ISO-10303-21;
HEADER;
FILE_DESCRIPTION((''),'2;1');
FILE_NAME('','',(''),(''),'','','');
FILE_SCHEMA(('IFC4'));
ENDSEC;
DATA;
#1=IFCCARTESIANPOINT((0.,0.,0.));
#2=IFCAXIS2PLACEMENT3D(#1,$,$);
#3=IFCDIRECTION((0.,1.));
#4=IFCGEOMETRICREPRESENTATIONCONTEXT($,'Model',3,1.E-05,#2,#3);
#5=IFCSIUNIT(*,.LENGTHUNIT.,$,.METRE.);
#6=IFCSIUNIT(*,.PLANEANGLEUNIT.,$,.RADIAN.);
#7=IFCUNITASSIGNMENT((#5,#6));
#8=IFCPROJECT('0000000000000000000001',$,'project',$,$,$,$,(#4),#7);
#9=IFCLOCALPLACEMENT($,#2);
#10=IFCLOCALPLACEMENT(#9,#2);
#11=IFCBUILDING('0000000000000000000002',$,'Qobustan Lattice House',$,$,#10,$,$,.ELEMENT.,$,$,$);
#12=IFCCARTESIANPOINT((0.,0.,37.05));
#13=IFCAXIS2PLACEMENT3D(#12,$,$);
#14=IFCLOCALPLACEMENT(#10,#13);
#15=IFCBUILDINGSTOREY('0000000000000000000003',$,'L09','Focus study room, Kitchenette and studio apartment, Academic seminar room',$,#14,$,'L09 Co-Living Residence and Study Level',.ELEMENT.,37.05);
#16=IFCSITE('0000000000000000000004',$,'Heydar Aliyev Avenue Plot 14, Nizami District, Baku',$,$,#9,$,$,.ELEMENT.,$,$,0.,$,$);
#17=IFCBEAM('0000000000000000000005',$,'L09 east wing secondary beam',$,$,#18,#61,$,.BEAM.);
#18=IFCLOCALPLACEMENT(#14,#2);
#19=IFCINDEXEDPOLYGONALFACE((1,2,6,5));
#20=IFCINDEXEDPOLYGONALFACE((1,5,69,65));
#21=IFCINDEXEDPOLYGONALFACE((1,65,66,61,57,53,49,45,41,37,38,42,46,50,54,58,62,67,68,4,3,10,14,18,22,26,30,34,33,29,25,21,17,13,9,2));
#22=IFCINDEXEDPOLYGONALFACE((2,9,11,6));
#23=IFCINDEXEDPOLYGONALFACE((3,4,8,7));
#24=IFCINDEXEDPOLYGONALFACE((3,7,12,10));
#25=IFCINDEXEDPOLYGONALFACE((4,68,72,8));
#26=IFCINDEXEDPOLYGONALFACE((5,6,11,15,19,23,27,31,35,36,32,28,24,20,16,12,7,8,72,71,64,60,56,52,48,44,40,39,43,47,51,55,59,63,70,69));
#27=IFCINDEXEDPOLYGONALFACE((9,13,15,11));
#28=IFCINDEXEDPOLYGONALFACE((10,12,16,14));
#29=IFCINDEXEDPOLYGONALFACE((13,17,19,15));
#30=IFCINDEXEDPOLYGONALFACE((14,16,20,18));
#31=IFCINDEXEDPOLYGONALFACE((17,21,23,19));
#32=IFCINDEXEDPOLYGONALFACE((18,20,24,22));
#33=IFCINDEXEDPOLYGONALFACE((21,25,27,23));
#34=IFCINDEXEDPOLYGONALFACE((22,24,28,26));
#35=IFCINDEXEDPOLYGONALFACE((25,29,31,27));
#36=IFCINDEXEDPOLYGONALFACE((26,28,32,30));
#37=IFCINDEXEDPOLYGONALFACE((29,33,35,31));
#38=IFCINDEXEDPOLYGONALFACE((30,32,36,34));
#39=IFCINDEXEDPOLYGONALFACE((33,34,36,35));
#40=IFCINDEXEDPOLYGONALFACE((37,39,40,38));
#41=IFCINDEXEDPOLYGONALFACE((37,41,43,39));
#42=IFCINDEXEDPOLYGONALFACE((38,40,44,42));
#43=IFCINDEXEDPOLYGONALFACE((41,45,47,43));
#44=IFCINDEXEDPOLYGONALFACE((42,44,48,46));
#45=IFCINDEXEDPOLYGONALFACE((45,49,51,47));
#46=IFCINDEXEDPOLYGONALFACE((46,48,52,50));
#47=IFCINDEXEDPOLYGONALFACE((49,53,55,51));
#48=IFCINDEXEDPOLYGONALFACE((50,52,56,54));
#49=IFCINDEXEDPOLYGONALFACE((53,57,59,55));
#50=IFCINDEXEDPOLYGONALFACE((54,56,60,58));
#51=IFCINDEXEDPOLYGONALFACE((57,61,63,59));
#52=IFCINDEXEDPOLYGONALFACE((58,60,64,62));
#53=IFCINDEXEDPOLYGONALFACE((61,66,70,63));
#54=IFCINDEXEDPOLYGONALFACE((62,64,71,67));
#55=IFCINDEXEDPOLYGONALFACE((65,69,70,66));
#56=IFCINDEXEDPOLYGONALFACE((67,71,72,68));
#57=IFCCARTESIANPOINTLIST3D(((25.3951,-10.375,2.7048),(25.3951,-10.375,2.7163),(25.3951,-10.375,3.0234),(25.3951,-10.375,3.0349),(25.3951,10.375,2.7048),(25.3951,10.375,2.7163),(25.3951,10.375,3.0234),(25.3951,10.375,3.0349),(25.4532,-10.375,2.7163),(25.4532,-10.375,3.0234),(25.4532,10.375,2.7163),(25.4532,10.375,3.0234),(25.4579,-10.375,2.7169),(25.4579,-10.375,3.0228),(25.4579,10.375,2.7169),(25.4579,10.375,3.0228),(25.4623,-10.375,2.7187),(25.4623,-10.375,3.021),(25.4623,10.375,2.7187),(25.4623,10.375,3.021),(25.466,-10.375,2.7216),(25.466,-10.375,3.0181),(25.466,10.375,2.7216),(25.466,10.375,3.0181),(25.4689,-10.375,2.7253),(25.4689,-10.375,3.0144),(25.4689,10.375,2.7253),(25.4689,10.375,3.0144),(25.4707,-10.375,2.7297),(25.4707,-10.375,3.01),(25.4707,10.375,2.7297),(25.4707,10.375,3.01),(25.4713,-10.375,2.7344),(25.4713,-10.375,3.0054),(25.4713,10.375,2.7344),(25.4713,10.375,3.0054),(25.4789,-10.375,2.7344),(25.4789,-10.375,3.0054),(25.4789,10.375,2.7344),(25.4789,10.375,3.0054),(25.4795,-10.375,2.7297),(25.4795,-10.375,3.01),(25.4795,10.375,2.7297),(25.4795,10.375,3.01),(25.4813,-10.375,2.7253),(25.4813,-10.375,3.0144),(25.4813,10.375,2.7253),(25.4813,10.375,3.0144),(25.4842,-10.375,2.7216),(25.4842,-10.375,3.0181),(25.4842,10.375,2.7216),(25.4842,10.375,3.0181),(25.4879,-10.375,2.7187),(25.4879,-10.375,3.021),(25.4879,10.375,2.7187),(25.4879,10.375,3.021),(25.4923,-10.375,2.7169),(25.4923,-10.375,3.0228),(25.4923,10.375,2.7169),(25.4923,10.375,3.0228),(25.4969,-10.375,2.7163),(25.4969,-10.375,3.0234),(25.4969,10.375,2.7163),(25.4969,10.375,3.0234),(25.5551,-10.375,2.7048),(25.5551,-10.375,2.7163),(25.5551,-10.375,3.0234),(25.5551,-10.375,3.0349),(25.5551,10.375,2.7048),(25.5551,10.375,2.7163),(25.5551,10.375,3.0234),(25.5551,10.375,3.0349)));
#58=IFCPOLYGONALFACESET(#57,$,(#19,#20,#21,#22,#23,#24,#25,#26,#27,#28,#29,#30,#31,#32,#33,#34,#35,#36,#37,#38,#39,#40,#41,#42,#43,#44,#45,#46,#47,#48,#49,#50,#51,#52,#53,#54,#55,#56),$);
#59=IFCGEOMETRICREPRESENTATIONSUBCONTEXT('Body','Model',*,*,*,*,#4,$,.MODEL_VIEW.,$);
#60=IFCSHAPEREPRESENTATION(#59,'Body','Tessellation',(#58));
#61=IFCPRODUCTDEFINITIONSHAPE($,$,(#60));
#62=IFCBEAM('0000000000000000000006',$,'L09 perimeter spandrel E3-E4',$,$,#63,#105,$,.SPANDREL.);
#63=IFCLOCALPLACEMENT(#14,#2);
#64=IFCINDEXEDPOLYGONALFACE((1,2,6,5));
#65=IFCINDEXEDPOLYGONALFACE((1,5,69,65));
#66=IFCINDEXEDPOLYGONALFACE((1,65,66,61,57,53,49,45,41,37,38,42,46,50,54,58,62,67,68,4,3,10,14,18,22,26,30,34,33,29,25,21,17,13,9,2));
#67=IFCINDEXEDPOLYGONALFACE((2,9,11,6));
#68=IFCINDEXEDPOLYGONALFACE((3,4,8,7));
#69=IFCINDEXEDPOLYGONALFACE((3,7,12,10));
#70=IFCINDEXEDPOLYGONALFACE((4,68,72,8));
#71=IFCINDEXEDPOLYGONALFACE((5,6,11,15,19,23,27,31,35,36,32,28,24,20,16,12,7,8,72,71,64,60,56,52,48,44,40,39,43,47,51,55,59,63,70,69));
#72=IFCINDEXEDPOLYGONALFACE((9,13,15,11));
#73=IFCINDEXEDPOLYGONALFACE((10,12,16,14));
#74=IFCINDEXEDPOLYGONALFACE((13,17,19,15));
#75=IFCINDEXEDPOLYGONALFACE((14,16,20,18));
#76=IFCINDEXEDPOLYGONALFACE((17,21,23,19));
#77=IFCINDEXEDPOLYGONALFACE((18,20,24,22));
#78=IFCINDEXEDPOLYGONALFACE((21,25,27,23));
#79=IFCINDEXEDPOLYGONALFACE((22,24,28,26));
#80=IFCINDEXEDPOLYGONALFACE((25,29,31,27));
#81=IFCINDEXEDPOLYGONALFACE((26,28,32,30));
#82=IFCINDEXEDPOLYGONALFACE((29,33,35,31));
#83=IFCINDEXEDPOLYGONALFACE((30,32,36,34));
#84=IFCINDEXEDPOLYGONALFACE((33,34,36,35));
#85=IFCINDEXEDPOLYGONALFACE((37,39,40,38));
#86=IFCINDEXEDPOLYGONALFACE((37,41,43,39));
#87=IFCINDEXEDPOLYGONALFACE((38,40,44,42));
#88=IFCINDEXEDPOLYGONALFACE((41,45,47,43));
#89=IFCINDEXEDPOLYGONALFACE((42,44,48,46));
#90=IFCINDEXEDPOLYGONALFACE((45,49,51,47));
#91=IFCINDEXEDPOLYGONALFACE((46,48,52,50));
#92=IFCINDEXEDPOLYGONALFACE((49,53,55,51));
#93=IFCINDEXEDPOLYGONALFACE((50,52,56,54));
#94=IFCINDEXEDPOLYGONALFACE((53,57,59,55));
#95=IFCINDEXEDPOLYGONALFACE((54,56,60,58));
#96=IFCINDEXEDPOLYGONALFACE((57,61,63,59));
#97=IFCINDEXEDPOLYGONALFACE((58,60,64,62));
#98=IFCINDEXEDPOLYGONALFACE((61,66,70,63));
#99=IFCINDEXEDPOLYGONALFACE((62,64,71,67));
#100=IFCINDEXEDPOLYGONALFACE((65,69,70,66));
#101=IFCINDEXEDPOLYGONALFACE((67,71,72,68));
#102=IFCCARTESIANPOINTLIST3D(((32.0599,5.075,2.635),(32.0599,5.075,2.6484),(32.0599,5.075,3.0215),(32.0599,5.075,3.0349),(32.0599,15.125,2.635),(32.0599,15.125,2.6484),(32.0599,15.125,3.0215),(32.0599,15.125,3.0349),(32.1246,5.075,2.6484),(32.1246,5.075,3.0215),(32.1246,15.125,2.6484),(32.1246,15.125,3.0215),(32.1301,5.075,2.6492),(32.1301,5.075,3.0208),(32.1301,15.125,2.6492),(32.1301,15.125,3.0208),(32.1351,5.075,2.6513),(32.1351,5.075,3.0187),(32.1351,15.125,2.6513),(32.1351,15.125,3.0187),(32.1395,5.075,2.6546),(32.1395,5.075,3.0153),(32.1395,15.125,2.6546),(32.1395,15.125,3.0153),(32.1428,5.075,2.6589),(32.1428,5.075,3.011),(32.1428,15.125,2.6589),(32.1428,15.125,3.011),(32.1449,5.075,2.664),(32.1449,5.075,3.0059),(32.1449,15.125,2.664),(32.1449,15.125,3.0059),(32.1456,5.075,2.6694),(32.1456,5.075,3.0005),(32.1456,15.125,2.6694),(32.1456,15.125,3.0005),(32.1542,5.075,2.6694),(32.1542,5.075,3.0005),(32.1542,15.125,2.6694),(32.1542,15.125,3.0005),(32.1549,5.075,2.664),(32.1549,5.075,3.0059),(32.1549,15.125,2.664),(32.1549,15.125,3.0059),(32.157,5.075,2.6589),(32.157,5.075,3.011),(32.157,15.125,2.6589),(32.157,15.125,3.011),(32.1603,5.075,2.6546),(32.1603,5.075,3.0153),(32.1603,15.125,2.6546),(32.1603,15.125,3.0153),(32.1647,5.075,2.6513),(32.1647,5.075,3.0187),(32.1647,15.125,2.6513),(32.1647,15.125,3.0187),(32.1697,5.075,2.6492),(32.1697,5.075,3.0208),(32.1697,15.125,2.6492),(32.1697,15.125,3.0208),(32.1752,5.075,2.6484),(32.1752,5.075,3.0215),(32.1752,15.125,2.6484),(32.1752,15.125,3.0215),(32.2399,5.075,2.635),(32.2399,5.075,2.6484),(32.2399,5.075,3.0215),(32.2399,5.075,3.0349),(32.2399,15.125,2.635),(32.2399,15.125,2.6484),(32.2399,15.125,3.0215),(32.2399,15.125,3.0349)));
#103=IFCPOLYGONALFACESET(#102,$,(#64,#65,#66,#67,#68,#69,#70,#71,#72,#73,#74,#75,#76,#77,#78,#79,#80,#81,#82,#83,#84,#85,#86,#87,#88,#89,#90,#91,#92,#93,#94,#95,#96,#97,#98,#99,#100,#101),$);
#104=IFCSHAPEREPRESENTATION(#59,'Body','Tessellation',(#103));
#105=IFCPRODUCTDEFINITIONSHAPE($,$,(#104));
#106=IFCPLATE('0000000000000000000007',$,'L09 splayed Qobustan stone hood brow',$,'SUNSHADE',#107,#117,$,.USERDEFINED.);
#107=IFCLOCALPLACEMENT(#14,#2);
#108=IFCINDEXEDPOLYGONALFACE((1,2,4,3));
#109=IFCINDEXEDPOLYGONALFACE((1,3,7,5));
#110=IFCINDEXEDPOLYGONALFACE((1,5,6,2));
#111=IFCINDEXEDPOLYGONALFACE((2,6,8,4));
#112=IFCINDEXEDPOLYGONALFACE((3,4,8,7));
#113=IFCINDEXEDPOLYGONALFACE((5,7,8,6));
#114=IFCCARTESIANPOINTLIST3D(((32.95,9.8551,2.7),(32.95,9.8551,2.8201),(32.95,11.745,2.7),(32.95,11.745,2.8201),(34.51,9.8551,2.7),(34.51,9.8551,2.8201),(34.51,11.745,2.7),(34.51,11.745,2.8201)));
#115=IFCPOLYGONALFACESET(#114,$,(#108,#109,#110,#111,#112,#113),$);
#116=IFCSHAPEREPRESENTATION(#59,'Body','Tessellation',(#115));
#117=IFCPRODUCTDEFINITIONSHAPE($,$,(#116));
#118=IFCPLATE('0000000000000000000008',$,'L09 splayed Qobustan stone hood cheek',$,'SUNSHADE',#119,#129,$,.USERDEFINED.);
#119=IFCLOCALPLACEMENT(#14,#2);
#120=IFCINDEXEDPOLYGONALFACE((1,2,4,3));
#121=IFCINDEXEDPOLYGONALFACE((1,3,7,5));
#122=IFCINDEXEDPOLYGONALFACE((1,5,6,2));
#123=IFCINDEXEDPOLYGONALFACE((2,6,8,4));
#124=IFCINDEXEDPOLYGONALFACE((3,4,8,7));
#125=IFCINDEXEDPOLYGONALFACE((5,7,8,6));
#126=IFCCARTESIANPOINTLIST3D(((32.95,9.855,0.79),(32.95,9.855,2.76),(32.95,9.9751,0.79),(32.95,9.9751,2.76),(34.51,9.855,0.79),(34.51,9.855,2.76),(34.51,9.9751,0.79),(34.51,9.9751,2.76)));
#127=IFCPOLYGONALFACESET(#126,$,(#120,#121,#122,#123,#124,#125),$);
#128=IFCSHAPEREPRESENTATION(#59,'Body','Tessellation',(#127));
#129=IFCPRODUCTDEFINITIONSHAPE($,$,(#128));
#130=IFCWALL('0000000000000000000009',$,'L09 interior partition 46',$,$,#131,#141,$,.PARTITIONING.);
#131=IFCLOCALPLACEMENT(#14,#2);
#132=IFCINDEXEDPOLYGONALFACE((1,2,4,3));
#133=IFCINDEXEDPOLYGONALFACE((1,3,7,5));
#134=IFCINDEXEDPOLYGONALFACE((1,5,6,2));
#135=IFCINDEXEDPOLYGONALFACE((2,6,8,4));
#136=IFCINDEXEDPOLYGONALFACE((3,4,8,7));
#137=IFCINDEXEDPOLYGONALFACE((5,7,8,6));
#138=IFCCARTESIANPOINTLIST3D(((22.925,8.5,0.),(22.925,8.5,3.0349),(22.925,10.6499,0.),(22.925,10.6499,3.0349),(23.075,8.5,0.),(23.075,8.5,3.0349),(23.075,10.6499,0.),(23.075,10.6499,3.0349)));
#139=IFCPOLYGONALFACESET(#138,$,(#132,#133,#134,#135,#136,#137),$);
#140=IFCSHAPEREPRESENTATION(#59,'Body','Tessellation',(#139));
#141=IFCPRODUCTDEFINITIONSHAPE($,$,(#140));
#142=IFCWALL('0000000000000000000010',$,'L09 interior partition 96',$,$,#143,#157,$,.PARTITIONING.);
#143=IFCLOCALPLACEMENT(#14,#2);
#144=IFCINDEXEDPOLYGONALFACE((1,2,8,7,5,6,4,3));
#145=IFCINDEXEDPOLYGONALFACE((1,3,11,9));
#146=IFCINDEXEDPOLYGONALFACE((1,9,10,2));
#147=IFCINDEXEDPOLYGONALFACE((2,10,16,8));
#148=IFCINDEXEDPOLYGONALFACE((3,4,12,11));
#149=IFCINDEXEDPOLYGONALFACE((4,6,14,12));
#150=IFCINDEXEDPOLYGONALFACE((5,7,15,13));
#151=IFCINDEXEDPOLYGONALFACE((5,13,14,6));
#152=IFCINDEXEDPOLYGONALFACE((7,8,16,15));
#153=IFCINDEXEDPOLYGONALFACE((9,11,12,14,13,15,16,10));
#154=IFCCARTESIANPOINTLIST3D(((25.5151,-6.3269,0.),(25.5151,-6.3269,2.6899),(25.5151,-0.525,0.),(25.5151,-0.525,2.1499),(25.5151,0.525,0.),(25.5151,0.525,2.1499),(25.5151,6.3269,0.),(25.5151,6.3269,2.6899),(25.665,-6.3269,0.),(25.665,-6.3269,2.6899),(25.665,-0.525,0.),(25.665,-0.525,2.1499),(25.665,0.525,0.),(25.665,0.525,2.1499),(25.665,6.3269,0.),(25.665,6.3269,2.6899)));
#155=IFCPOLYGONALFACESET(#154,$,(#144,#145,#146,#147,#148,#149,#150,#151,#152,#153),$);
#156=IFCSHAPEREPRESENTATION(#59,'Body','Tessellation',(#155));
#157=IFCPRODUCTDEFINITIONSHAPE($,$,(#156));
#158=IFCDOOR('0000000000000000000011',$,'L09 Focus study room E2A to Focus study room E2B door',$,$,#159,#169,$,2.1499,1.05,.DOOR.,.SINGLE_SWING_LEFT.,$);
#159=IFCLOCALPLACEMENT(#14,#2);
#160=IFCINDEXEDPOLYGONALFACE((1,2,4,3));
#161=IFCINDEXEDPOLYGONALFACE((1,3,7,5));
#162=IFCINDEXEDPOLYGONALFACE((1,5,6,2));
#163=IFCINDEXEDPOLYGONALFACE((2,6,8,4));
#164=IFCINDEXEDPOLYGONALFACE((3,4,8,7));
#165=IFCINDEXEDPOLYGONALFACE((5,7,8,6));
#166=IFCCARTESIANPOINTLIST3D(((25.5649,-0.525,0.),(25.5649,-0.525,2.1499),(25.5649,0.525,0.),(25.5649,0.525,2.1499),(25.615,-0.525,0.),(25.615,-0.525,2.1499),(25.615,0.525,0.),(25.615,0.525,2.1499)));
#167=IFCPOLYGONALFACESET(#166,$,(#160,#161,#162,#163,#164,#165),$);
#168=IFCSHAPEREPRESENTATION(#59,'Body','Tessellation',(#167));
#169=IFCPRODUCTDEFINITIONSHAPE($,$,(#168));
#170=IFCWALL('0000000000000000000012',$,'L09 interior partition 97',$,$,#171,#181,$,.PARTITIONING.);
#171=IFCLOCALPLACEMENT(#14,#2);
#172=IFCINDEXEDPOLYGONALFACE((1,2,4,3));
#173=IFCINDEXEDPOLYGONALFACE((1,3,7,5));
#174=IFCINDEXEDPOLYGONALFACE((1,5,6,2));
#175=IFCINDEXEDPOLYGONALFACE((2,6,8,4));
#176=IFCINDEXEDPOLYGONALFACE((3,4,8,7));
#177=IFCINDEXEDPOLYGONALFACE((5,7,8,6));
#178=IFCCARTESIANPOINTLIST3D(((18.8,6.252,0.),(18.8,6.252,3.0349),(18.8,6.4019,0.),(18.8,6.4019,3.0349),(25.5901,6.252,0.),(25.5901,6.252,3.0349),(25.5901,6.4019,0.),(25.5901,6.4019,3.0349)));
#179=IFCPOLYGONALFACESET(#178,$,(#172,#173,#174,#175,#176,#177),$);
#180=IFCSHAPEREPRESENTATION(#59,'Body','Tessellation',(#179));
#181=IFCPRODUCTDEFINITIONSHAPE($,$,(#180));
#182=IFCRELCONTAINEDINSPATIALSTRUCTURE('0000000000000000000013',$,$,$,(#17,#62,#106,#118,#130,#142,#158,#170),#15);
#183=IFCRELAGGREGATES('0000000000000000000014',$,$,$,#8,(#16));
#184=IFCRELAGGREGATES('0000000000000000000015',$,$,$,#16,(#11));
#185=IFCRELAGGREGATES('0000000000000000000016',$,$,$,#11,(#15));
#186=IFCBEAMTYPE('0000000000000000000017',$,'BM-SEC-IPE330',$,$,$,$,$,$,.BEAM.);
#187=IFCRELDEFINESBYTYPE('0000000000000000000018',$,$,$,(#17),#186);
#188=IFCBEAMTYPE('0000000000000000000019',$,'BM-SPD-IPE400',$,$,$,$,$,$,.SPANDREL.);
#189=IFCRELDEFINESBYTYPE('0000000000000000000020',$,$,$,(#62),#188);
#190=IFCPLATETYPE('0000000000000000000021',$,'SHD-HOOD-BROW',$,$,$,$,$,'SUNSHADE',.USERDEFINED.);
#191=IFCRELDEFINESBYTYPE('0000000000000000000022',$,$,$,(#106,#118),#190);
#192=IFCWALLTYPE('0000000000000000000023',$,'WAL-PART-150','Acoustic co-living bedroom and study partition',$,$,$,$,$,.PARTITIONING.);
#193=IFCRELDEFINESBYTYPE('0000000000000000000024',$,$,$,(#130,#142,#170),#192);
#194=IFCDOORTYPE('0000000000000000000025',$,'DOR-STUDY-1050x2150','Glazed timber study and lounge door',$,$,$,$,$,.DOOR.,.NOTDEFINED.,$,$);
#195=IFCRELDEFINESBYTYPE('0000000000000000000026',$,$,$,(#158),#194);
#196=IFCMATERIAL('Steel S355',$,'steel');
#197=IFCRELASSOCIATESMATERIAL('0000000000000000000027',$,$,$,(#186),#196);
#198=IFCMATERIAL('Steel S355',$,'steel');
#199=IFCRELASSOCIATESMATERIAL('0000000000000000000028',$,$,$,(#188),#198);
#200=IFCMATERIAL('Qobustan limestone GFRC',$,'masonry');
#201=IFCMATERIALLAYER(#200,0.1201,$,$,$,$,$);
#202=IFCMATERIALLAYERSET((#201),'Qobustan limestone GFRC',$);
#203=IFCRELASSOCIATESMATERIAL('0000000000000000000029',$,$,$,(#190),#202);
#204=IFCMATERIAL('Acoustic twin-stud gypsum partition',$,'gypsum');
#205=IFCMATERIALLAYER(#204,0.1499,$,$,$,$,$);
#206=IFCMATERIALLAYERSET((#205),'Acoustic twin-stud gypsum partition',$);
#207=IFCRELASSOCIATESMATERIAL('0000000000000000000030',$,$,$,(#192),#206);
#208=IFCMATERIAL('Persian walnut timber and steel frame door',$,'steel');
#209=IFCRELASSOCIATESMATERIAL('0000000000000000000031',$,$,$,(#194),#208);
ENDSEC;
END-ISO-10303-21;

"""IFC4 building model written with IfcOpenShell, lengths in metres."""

from ifc_helpers import new_model, si_unit, direction, frame, frame_2d, origin, origin_2d, place, context, subcontext, project, spatial, rectangle, i_section, extrude, material, layer, layer_set, material_profile, profile_set, type_object, element, fill, save


model = new_model("IFC4")

# Units and contexts
model_context = context("Model", 3, precision=1e-05, world=origin(), true_north=direction((0.0, 1.0)))
body_context = subcontext(model_context, "Body", "Model", "MODEL_VIEW")
ifc_project = project(units=[si_unit("LENGTHUNIT", "METRE"), si_unit("PLANEANGLEUNIT", "RADIAN")], contexts=[model_context])

# Site, building, storey
site_placement = place(None, origin())
site = spatial("IfcSite", under=ifc_project, at=site_placement, Name="Heydar Aliyev Avenue Plot 14, Nizami District, Baku", CompositionType="ELEMENT", RefElevation=0.0)
building_placement = place(site_placement, origin())
building = spatial("IfcBuilding", under=site, at=building_placement, Name="Qobustan Lattice House", CompositionType="ELEMENT")
storey_placement = place(building_placement, frame((0.0, 0.0, 37.05)))
storey = spatial("IfcBuildingStorey", under=building, at=storey_placement, Name="L09", Description="Focus study room, Kitchenette and studio apartment, Academic seminar room", LongName="L09 Co-Living Residence and Study Level", CompositionType="ELEMENT", Elevation=37.05)

# Beams
ifc_material_1 = material(Name="Steel S355", Category="steel")
ifc_material_profile_1 = material_profile(ifc_material_1, i_section(OverallWidth=0.1599, OverallDepth=0.3301, WebThickness=0.0076, FlangeThickness=0.0115, FilletRadius=0.0181, at=origin_2d()), Name="IPE330")
ifc_profile_set_1 = profile_set([ifc_material_profile_1], Name="Steel S355")
beam_type_1 = type_object("IfcBeamType", Name="BM-SEC-IPE330", PredefinedType="BEAM", material=ifc_profile_set_1)
beam_1_placement = place(storey_placement, frame((25.4751, 10.375, 2.8699), z_axis=(0.0, -1.0, 0.0), x_axis=(1.0, 0.0, 0.0)))
element("IfcBeam", 1, at=beam_1_placement, inside=storey, type_object=beam_type_1, Name="L09 east wing secondary beam", PredefinedType="BEAM", context=body_context, shape_type="SweptSolid", body=[
    extrude(i_section(OverallWidth=0.1599, OverallDepth=0.3301, WebThickness=0.0076, FlangeThickness=0.0115, FilletRadius=0.0181, at=origin_2d()), origin(), (0.0, 0.0, 1.0), 20.75),
])
ifc_material_2 = material(Name="Steel S355", Category="steel")
ifc_material_profile_2 = material_profile(ifc_material_2, i_section(OverallWidth=0.1799, OverallDepth=0.3999, WebThickness=0.0085, FlangeThickness=0.0134, FilletRadius=0.021, at=origin_2d()), Name="IPE400")
ifc_profile_set_2 = profile_set([ifc_material_profile_2], Name="Steel S355")
beam_type_2 = type_object("IfcBeamType", Name="BM-SPD-IPE400", PredefinedType="SPANDREL", material=ifc_profile_set_2)
beam_2_placement = place(storey_placement, frame((32.1499, 5.075, 2.835), z_axis=(0.0, 1.0, 0.0), x_axis=(-1.0, 0.0, 0.0)))
element("IfcBeam", 2, at=beam_2_placement, inside=storey, type_object=beam_type_2, Name="L09 perimeter spandrel E3-E4", PredefinedType="SPANDREL", context=body_context, shape_type="SweptSolid", body=[
    extrude(i_section(OverallWidth=0.1799, OverallDepth=0.3999, WebThickness=0.0085, FlangeThickness=0.0134, FilletRadius=0.021, at=origin_2d()), origin(), (0.0, 0.0, 1.0), 10.05),
])

# Plates
ifc_material_3 = material(Name="Qobustan limestone GFRC", Category="masonry")
ifc_layer_1 = layer(ifc_material_3, 0.1201)
ifc_layer_set_1 = layer_set([ifc_layer_1], Name="Qobustan limestone GFRC")
plate_type = type_object("IfcPlateType", Name="SHD-HOOD-BROW", ElementType="SUNSHADE", PredefinedType="USERDEFINED", material=ifc_layer_set_1)
plate_1_placement = place(storey_placement, frame((33.73, 10.8, 2.7), z_axis=(0.0, 0.0, 1.0), x_axis=(0.0, -1.0, 0.0)))
element("IfcPlate", 3, at=plate_1_placement, inside=storey, type_object=plate_type, Name="L09 splayed Qobustan stone hood brow", ObjectType="SUNSHADE", PredefinedType="USERDEFINED", context=body_context, shape_type="SweptSolid", body=[
    extrude(rectangle(XDim=1.8899, YDim=1.5601, at=origin_2d()), origin(), (0.0, 0.0, 1.0), 0.1201),
])
plate_2_placement = place(storey_placement, frame((33.73, 9.915, 0.79), z_axis=(0.0, 0.0, 1.0), x_axis=(0.0, -1.0, 0.0)))
element("IfcPlate", 4, at=plate_2_placement, inside=storey, type_object=plate_type, Name="L09 splayed Qobustan stone hood cheek", ObjectType="SUNSHADE", PredefinedType="USERDEFINED", context=body_context, shape_type="SweptSolid", body=[
    extrude(rectangle(XDim=0.1201, YDim=1.5601, at=origin_2d()), origin(), (0.0, 0.0, 1.0), 1.97),
])

# Shared definitions
ifc_material_4 = material(Name="Acoustic twin-stud gypsum partition", Category="gypsum")
ifc_layer_2 = layer(ifc_material_4, 0.1499)
ifc_layer_set_2 = layer_set([ifc_layer_2], Name="Acoustic twin-stud gypsum partition")
wall_type_1 = type_object("IfcWallType", Name="WAL-PART-150", Description="Acoustic co-living bedroom and study partition", PredefinedType="PARTITIONING", material=ifc_layer_set_2)
ifc_material_5 = material(Name="Persian walnut timber and steel frame door", Category="steel")
door_type_1 = type_object("IfcDoorType", Name="DOR-STUDY-1050x2150", Description="Glazed timber study and lounge door", OperationType="NOTDEFINED", PredefinedType="DOOR", material=ifc_material_5)

# Wall
wall_1_placement = place(storey_placement, frame((23.0, 10.6499, 0.0), z_axis=(0.0, 0.0, 1.0), x_axis=(0.0, -1.0, 0.0)))
element("IfcWall", 5, at=wall_1_placement, inside=storey, type_object=wall_type_1, Name="L09 interior partition 46", PredefinedType="PARTITIONING", context=body_context, shape_type="SweptSolid", body=[
    extrude(rectangle(XDim=2.1499, YDim=0.1499, at=frame_2d((1.075, 0.0))), origin(), (0.0, 0.0, 1.0), 3.0349),
])

# Wall, opening, door
wall_2_placement = place(storey_placement, frame((25.5901, 6.3269, 0.0), z_axis=(0.0, 0.0, 1.0), x_axis=(0.0, -1.0, 0.0)))
wall_2 = element("IfcWall", 6, at=wall_2_placement, inside=storey, type_object=wall_type_1, Name="L09 interior partition 96", PredefinedType="PARTITIONING", context=body_context, shape_type="SweptSolid", body=[
    extrude(rectangle(XDim=12.6538, YDim=0.1499, at=frame_2d((6.3269, 0.0))), origin(), (0.0, 0.0, 1.0), 2.6899),
])
opening_1_placement = place(wall_2_placement, frame((5.802, 0.0, 0.0)))
opening_1 = element("IfcOpeningElement", 7, at=opening_1_placement, cuts=wall_2, PredefinedType="OPENING", context=body_context, shape_type="SweptSolid", body=[
    extrude(rectangle(XDim=1.05, YDim=2.1499, at=frame_2d((0.5249, 1.075))), frame((0.0, 0.085, 0.0), z_axis=(0.0, -1.0, 0.0), x_axis=(1.0, 0.0, 0.0)), (0.0, 0.0, 1.0), 0.1699),
])
door_1_placement = place(opening_1_placement, origin())
door_1 = element("IfcDoor", 8, at=door_1_placement, inside=storey, type_object=door_type_1, Name="L09 Focus study room E2A to Focus study room E2B door", OperationType="SINGLE_SWING_LEFT", OverallHeight=2.1499, OverallWidth=1.05, PredefinedType="DOOR", context=body_context, shape_type="SweptSolid", body=[
    extrude(rectangle(XDim=1.05, YDim=2.1499, at=frame_2d((0.5249, 1.075))), frame((0.0, 0.0249, 0.0), z_axis=(0.0, -1.0, 0.0), x_axis=(1.0, 0.0, 0.0)), (0.0, 0.0, 1.0), 0.05),
])
fill(opening_1, door_1)

# Wall
wall_3_placement = place(storey_placement, frame((18.8, 6.3269, 0.0), z_axis=(0.0, 0.0, 1.0), x_axis=(1.0, 0.0, 0.0)))
element("IfcWall", 9, at=wall_3_placement, inside=storey, type_object=wall_type_1, Name="L09 interior partition 97", PredefinedType="PARTITIONING", context=body_context, shape_type="SweptSolid", body=[
    extrude(rectangle(XDim=6.79, YDim=0.1499, at=frame_2d((3.395, 0.0))), origin(), (0.0, 0.0, 1.0), 3.0349),
])

save(model, "model.ifc")
